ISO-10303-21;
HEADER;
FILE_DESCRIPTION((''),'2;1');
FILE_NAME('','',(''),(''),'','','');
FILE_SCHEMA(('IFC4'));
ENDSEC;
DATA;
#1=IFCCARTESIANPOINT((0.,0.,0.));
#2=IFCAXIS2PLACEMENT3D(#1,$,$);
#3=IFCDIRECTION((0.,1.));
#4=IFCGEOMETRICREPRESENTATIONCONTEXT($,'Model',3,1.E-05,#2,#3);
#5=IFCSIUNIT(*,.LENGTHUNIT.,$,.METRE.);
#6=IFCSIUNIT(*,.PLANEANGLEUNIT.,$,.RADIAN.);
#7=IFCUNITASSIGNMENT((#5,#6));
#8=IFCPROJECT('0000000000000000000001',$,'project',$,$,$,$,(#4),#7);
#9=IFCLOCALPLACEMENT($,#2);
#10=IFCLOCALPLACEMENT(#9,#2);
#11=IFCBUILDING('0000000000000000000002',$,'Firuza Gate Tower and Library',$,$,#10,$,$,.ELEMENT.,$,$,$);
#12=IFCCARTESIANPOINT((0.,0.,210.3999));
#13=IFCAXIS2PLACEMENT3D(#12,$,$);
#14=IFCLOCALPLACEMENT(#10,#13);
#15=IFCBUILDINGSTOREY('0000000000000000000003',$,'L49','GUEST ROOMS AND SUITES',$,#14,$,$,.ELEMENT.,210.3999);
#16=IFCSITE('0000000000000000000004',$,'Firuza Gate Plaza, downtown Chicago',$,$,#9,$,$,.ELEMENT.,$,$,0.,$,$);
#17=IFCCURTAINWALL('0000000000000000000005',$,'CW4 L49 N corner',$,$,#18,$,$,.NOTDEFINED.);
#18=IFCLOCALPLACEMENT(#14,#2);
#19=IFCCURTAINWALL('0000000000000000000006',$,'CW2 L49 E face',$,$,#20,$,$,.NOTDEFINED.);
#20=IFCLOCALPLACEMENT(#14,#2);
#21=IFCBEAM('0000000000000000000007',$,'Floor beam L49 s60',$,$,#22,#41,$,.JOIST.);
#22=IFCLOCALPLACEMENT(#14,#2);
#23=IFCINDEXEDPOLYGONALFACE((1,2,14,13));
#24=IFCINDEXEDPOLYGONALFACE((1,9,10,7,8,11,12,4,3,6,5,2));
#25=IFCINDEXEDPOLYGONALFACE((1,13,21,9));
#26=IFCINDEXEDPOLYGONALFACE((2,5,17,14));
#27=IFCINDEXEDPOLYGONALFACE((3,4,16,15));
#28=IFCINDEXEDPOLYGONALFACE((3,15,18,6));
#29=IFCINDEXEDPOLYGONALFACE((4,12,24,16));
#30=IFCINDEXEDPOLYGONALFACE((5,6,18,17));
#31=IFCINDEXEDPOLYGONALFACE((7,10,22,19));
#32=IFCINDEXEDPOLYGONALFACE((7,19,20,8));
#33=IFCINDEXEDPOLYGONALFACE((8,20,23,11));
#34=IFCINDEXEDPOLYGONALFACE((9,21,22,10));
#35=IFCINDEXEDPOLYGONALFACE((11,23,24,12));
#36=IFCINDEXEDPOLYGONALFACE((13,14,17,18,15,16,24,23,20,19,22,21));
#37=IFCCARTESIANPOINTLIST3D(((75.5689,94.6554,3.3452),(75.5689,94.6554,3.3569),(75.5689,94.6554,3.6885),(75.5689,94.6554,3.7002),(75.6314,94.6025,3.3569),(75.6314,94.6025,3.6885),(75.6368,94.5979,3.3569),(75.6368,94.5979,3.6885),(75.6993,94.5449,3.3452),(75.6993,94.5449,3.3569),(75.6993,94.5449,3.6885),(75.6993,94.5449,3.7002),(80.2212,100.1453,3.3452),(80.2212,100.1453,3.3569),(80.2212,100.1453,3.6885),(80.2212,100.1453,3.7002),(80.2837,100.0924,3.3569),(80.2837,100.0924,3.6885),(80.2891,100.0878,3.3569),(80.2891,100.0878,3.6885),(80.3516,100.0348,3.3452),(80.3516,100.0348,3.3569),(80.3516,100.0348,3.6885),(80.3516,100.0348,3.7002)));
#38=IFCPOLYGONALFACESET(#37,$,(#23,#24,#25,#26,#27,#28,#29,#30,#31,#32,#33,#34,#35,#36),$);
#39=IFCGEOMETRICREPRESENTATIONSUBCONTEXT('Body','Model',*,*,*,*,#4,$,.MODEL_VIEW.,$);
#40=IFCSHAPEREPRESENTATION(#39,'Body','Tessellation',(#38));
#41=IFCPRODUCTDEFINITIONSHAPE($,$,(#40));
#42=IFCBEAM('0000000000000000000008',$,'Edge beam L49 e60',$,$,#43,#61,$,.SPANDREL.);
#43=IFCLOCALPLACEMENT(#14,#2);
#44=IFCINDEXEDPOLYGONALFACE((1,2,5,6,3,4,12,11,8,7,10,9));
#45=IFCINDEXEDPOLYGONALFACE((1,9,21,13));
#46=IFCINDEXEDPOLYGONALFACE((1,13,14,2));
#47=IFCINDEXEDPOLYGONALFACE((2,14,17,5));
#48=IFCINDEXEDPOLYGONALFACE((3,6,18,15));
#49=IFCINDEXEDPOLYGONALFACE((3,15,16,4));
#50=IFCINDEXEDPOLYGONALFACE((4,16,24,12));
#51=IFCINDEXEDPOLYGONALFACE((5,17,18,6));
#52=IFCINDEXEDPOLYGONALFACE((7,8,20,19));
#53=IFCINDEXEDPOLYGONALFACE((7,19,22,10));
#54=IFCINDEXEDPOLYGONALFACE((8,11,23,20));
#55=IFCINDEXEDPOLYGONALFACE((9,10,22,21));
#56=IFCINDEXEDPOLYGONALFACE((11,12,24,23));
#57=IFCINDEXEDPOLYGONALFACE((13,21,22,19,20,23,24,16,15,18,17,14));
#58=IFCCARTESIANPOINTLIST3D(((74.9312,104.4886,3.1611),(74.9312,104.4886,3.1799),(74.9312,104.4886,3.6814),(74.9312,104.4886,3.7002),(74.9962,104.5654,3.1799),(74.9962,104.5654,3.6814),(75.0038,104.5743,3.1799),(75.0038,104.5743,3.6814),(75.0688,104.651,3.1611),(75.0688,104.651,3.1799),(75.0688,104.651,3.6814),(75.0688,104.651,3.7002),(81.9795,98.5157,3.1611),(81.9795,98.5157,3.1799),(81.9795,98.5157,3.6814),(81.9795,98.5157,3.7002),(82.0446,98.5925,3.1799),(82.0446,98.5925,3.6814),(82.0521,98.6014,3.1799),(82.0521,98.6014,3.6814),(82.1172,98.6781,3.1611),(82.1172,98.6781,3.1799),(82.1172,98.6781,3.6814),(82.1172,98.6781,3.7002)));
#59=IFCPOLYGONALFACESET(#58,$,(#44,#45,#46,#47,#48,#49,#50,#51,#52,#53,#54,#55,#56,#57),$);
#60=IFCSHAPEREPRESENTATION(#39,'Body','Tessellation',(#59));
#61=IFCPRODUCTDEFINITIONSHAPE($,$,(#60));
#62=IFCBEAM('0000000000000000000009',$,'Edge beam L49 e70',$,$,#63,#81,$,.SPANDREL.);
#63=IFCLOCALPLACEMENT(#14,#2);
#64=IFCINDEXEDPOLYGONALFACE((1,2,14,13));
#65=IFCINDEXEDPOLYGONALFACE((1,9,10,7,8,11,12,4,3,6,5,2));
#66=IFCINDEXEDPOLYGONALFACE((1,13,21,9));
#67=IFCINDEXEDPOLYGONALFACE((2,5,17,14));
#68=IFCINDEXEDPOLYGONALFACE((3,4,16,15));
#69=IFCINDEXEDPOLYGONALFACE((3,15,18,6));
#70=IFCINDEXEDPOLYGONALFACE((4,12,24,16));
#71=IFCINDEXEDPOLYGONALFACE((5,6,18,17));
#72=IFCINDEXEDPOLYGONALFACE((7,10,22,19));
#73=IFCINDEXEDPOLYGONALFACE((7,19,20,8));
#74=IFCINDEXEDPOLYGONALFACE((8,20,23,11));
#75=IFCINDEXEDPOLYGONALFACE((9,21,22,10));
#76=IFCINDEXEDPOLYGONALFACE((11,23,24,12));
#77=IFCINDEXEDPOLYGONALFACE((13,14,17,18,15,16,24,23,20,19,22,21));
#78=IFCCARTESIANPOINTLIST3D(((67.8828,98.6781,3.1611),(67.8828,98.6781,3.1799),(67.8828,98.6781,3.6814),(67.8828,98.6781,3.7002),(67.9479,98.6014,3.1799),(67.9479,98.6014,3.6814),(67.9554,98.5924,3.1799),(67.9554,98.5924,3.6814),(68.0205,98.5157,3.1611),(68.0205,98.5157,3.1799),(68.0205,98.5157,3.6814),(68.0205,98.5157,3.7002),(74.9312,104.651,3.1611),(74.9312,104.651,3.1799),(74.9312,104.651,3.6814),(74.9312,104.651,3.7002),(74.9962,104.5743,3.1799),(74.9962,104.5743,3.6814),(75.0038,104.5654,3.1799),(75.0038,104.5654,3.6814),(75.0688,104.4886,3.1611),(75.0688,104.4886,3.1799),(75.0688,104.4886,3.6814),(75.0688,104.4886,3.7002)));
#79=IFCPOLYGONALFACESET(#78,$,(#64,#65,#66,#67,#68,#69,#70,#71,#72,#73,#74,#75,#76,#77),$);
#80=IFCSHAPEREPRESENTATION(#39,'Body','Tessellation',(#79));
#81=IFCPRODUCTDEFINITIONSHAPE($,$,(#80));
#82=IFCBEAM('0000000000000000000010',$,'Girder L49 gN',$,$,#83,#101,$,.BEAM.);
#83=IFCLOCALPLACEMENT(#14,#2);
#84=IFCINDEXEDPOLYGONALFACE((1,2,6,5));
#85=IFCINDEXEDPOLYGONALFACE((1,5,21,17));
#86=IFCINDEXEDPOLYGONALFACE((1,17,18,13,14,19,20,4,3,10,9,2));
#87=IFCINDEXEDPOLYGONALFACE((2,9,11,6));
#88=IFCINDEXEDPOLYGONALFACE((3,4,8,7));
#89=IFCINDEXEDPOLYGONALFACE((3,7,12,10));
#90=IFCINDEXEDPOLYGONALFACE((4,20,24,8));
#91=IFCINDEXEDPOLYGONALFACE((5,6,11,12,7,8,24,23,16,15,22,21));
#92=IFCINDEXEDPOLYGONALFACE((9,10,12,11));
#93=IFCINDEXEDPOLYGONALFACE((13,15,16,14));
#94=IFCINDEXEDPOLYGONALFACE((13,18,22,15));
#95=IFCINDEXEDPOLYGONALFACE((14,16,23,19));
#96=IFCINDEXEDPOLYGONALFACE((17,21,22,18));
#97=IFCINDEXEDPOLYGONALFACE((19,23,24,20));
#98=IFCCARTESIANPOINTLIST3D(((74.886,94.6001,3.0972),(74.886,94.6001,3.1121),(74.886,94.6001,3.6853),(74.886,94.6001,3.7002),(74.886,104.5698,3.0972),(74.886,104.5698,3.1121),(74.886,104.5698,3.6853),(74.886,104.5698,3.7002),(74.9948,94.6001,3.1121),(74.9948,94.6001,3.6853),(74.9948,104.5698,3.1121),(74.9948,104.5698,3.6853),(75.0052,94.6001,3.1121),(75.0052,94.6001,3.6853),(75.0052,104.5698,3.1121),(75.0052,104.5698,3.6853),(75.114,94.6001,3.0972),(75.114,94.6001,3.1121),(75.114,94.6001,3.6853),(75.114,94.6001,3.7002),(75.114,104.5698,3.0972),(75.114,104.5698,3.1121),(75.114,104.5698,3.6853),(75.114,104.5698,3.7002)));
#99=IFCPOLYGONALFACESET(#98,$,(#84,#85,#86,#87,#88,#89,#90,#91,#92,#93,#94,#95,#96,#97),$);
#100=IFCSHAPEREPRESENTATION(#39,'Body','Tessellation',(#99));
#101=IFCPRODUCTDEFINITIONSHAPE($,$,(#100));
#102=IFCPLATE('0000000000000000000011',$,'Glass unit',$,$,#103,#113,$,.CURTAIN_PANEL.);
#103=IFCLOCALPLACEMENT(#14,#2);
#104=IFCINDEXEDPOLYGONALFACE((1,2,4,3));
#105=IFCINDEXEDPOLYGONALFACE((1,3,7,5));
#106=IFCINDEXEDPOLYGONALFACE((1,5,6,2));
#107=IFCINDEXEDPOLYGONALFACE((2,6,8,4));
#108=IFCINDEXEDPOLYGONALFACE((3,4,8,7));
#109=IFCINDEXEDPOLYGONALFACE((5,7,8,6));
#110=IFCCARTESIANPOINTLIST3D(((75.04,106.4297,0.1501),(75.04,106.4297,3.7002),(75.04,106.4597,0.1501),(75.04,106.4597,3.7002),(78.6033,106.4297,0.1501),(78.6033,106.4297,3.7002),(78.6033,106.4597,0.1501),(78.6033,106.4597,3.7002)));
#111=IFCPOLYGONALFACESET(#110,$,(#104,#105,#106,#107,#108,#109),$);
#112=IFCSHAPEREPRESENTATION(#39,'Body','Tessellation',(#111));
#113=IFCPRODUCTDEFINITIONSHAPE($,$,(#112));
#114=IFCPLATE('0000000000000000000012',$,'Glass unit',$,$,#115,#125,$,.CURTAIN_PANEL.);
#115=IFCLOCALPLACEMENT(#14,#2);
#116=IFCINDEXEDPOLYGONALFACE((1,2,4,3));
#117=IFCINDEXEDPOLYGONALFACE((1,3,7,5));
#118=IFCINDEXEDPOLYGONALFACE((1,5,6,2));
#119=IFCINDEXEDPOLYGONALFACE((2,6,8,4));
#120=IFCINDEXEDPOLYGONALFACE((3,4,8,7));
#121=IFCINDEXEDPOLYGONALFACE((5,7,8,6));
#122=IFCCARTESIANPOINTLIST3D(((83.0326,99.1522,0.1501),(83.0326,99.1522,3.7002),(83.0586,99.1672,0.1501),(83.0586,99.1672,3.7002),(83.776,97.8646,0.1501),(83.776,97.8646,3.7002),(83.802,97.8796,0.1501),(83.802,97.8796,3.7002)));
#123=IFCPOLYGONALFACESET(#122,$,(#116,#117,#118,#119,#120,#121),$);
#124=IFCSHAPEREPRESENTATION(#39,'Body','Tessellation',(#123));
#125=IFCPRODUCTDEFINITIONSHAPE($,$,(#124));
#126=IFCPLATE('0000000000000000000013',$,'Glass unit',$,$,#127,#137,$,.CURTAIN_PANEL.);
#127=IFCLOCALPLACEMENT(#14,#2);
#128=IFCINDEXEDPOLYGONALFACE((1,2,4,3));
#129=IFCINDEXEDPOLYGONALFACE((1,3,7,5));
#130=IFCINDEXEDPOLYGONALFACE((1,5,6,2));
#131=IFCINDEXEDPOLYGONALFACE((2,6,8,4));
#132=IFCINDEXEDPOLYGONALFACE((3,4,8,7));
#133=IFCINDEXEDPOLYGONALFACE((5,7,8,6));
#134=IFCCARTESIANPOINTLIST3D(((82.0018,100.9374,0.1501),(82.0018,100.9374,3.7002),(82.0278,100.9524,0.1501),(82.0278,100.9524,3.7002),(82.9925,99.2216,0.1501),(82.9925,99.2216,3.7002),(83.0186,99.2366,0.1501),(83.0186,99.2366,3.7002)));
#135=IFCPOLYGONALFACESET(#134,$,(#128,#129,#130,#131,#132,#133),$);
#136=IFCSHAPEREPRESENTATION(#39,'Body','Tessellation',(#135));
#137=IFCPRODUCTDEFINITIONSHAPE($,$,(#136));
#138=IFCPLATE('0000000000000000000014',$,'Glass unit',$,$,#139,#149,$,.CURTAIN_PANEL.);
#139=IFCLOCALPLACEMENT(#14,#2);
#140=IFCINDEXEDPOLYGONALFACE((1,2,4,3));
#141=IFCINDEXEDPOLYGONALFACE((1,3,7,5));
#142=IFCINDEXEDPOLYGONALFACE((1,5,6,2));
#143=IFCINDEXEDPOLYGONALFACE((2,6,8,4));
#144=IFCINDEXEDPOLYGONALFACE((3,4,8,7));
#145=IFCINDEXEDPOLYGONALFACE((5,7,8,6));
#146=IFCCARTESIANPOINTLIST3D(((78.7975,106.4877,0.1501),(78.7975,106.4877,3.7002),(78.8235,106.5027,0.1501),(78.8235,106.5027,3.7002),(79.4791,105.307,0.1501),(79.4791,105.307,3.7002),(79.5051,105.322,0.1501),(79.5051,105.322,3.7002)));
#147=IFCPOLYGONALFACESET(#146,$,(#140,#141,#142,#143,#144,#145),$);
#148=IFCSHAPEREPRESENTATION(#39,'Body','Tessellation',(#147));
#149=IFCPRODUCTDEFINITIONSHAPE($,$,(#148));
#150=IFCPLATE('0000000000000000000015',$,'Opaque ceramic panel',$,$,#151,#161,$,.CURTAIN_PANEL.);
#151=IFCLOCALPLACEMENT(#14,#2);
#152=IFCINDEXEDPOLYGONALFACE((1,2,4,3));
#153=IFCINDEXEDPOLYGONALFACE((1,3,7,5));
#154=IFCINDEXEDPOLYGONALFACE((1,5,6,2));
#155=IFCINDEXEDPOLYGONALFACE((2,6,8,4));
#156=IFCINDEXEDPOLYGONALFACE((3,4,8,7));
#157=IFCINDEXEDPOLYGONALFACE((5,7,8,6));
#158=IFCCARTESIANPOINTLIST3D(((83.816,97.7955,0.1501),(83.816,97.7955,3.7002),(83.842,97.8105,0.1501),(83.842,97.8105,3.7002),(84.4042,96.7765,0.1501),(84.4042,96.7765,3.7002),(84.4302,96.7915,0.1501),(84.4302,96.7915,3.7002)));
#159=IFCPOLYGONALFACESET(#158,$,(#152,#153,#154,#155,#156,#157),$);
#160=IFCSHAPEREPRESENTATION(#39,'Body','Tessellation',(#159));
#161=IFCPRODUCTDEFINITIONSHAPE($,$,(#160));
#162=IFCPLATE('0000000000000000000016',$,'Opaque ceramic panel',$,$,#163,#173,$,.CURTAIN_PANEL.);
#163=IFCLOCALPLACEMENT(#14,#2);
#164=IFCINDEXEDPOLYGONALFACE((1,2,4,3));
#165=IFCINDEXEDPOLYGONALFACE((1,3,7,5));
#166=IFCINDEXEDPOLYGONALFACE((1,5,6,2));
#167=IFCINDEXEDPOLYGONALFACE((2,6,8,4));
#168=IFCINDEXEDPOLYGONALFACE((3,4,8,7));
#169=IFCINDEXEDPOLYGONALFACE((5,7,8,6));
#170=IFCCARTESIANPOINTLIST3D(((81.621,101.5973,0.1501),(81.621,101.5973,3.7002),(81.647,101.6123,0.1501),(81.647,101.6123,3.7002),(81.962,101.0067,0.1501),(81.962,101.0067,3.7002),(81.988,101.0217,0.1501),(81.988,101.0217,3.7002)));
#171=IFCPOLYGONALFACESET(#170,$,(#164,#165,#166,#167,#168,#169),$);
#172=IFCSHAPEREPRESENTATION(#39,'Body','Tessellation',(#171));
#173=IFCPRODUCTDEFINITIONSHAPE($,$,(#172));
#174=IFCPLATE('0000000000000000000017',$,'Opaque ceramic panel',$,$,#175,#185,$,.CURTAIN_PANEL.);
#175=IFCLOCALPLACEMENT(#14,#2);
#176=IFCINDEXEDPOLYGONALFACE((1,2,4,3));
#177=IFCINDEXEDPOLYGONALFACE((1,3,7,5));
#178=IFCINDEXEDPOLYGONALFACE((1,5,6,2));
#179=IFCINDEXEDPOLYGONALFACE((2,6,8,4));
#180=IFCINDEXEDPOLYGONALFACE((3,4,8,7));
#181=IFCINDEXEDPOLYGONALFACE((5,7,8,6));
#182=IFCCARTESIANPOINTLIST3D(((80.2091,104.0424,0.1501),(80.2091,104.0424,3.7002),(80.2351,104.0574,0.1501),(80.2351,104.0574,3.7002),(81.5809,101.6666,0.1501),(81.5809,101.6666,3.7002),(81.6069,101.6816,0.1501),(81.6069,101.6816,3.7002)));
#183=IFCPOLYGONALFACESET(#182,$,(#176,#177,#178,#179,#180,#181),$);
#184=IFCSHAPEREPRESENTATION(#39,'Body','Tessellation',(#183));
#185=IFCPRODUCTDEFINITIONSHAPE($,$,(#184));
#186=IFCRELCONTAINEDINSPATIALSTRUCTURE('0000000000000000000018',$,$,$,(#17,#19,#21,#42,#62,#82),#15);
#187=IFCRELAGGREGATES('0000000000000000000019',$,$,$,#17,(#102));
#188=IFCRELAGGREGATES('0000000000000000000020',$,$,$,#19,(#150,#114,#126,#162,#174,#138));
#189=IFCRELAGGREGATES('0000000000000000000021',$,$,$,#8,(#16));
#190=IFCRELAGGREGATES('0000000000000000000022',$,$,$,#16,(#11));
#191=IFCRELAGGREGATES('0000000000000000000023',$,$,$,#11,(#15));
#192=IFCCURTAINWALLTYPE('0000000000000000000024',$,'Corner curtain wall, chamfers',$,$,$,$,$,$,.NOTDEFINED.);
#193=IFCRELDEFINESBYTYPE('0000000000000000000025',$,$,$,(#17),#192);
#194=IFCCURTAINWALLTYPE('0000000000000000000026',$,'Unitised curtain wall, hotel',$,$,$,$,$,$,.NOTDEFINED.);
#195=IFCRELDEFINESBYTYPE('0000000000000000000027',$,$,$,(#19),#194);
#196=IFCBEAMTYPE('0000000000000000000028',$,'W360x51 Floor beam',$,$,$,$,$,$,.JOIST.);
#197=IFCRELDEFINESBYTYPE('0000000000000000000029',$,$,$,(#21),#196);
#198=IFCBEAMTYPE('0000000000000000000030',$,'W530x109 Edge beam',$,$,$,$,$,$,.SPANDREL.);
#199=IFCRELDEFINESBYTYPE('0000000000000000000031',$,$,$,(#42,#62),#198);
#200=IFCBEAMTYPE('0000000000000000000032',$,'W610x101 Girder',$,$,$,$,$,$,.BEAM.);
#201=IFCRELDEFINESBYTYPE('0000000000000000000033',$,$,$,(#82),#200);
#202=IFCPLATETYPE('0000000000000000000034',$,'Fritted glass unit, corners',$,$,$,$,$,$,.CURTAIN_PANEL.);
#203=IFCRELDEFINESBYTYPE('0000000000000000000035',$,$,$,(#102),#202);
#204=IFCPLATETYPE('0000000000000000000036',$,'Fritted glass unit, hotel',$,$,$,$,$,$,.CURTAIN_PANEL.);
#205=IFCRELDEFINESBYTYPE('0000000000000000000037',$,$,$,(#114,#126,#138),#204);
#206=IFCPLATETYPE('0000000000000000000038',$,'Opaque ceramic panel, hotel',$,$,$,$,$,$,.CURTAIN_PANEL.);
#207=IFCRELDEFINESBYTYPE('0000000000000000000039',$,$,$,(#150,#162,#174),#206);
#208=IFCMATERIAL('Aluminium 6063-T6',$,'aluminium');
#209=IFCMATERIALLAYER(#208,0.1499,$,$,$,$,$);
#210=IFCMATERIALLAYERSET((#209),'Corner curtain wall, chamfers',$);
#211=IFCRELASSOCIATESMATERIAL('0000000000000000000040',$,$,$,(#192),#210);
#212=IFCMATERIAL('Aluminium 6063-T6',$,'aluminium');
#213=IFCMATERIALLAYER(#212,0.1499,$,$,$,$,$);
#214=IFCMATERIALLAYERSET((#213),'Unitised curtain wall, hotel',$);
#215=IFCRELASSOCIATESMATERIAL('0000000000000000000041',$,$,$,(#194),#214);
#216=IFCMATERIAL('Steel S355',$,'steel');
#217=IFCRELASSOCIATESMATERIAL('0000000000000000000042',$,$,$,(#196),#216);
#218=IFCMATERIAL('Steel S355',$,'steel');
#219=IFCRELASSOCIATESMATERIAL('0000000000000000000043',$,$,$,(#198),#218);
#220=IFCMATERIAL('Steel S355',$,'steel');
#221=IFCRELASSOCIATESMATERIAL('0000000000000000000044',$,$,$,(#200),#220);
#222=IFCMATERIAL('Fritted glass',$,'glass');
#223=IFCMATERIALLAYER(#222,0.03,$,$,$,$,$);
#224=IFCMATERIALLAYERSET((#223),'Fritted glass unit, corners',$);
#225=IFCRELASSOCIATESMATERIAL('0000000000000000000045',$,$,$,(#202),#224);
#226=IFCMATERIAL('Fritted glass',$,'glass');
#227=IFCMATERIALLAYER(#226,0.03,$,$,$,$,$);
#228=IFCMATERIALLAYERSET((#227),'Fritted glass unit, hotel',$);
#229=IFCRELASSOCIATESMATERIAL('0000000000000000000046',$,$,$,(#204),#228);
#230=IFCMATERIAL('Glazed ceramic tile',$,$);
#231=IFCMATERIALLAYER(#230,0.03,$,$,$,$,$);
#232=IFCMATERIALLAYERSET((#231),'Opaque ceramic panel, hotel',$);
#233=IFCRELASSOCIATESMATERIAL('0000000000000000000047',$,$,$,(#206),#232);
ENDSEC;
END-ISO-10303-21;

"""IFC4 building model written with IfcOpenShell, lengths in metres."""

from ifc_helpers import new_model, si_unit, direction, frame, origin, origin_2d, place, context, subcontext, project, spatial, polyline, i_section, outline, extrude, material, layer, layer_set, material_profile, profile_set, type_object, element, aggregate, save


model = new_model("IFC4")

# Units and contexts
model_context = context("Model", 3, precision=1e-05, world=origin(), true_north=direction((0.0, 1.0)))
body_context = subcontext(model_context, "Body", "Model", "MODEL_VIEW")
ifc_project = project(units=[si_unit("LENGTHUNIT", "METRE"), si_unit("PLANEANGLEUNIT", "RADIAN")], contexts=[model_context])

# Site, building, storey
site_placement = place(None, origin())
site = spatial("IfcSite", under=ifc_project, at=site_placement, Name="Firuza Gate Plaza, downtown Chicago", CompositionType="ELEMENT", RefElevation=0.0)
building_placement = place(site_placement, origin())
building = spatial("IfcBuilding", under=site, at=building_placement, Name="Firuza Gate Tower and Library", CompositionType="ELEMENT")
storey_placement = place(building_placement, frame((0.0, 0.0, 210.3999)))
storey = spatial("IfcBuildingStorey", under=building, at=storey_placement, Name="L49", Description="GUEST ROOMS AND SUITES", CompositionType="ELEMENT", Elevation=210.3999)

# Curtain walls
ifc_material_1 = material(Name="Aluminium 6063-T6", Category="aluminium")
ifc_layer_1 = layer(ifc_material_1, 0.1499)
ifc_layer_set_1 = layer_set([ifc_layer_1], Name="Corner curtain wall, chamfers")
curtain_wall_type_1 = type_object("IfcCurtainWallType", Name="Corner curtain wall, chamfers", PredefinedType="NOTDEFINED", material=ifc_layer_set_1)
placement = place(storey_placement, origin())
curtain_wall_1 = element("IfcCurtainWall", 1, at=placement, inside=storey, type_object=curtain_wall_type_1, Name="CW4 L49 N corner", PredefinedType="NOTDEFINED")
ifc_material_2 = material(Name="Aluminium 6063-T6", Category="aluminium")
ifc_layer_2 = layer(ifc_material_2, 0.1499)
ifc_layer_set_2 = layer_set([ifc_layer_2], Name="Unitised curtain wall, hotel")
curtain_wall_type_2 = type_object("IfcCurtainWallType", Name="Unitised curtain wall, hotel", PredefinedType="NOTDEFINED", material=ifc_layer_set_2)
curtain_wall_2 = element("IfcCurtainWall", 2, at=placement, inside=storey, type_object=curtain_wall_type_2, Name="CW2 L49 E face", PredefinedType="NOTDEFINED")

# Beams
ifc_material_3 = material(Name="Steel S355", Category="steel")
ifc_material_profile_1 = material_profile(ifc_material_3, i_section(OverallWidth=0.1709, OverallDepth=0.355, WebThickness=0.0071, FlangeThickness=0.0117, at=origin_2d()))
ifc_profile_set_1 = profile_set([ifc_material_profile_1], Name="Steel S355")
beam_type_1 = type_object("IfcBeamType", Name="W360x51 Floor beam", PredefinedType="JOIST", material=ifc_profile_set_1)
beam_1_placement = place(storey_placement, frame((80.2864, 100.0901, 3.5227), z_axis=(-0.646506, -0.762909, 0.0), x_axis=(0.762909, -0.646506, 0.0)))
element("IfcBeam", 3, at=beam_1_placement, inside=storey, type_object=beam_type_1, Name="Floor beam L49 s60", PredefinedType="JOIST", context=body_context, shape_type="SweptSolid", body=[
    extrude(i_section(OverallWidth=0.1709, OverallDepth=0.355, WebThickness=0.0071, FlangeThickness=0.0117, at=origin_2d()), origin(), (0.0, 0.0, 1.0), 7.196),
])
ifc_material_4 = material(Name="Steel S355", Category="steel")
ifc_material_profile_2 = material_profile(ifc_material_4, i_section(OverallWidth=0.2129, OverallDepth=0.5391, WebThickness=0.0117, FlangeThickness=0.0188, at=origin_2d()))
ifc_profile_set_2 = profile_set([ifc_material_profile_2], Name="Steel S355")
beam_type_2 = type_object("IfcBeamType", Name="W530x109 Edge beam", PredefinedType="SPANDREL", material=ifc_profile_set_2)
for number, where, z_axis, x_axis, name in (
    (4, (82.0483, 98.5969, 3.4307), (-0.76291, 0.646505, 0.0), (-0.646505, -0.76291, 0.0), "Edge beam L49 e60"),
    (5, (75.0, 104.5698, 3.4307), (-0.76291, -0.646505, 0.0), (0.646505, -0.76291, 0.0), "Edge beam L49 e70"),
):
    element("IfcBeam", number, at=place(storey_placement, frame(where, z_axis=z_axis, x_axis=x_axis)), inside=storey, type_object=beam_type_2, Name=name, PredefinedType="SPANDREL", context=body_context, shape_type="SweptSolid", body=[
        extrude(i_section(OverallWidth=0.2129, OverallDepth=0.5391, WebThickness=0.0117, FlangeThickness=0.0188, at=origin_2d()), origin(), (0.0, 0.0, 1.0), 9.2388),
    ])
ifc_material_5 = material(Name="Steel S355", Category="steel")
ifc_material_profile_3 = material_profile(ifc_material_5, i_section(OverallWidth=0.228, OverallDepth=0.603, WebThickness=0.0105, FlangeThickness=0.0149, at=origin_2d()))
ifc_profile_set_3 = profile_set([ifc_material_profile_3], Name="Steel S355")
beam_type_3 = type_object("IfcBeamType", Name="W610x101 Girder", PredefinedType="BEAM", material=ifc_profile_set_3)
beam_2_placement = place(storey_placement, frame((75.0, 104.5698, 3.3987), z_axis=(0.0, -1.0, 0.0), x_axis=(1.0, 0.0, 0.0)))
element("IfcBeam", 6, at=beam_2_placement, inside=storey, type_object=beam_type_3, Name="Girder L49 gN", PredefinedType="BEAM", context=body_context, shape_type="SweptSolid", body=[
    extrude(i_section(OverallWidth=0.228, OverallDepth=0.603, WebThickness=0.0105, FlangeThickness=0.0149, at=origin_2d()), origin(), (0.0, 0.0, 1.0), 9.9697),
])

# Plates
ifc_material_6 = material(Name="Fritted glass", Category="glass")
ifc_layer_3 = layer(ifc_material_6, 0.03)
ifc_layer_set_3 = layer_set([ifc_layer_3], Name="Fritted glass unit, corners")
plate_type_1 = type_object("IfcPlateType", Name="Fritted glass unit, corners", PredefinedType="CURTAIN_PANEL", material=ifc_layer_set_3)
plate_1_placement = place(storey_placement, frame((78.6033, 106.4597, 0.1501), z_axis=(0.0, 1.0, 0.0), x_axis=(-1.0, 0.0, 0.0)))
plate_1 = element("IfcPlate", 7, at=plate_1_placement, type_object=plate_type_1, Name="Glass unit", PredefinedType="CURTAIN_PANEL", context=body_context, shape_type="SweptSolid", body=[
    extrude(outline(polyline([(0.0, 0.0), (3.5632, 0.0), (3.5632, 3.55), (0.0, 3.55), (0.0, 0.0)])), origin(), (0.0, 0.0, -1.0), 0.03),
])
aggregate(curtain_wall_1, [plate_1])
ifc_material_7 = material(Name="Fritted glass", Category="glass")
ifc_layer_4 = layer(ifc_material_7, 0.03)
ifc_layer_set_4 = layer_set([ifc_layer_4], Name="Fritted glass unit, hotel")
plate_type_2 = type_object("IfcPlateType", Name="Fritted glass unit, hotel", PredefinedType="CURTAIN_PANEL", material=ifc_layer_set_4)
plate_2_placement = place(storey_placement, frame((83.802, 97.8796, 0.1501), z_axis=(0.866022, 0.500007, 0.0), x_axis=(-0.500007, 0.866022, 0.0)))
plate_2 = element("IfcPlate", 8, at=plate_2_placement, type_object=plate_type_2, Name="Glass unit", PredefinedType="CURTAIN_PANEL", context=body_context, shape_type="SweptSolid", body=[
    extrude(outline(polyline([(0.0, 0.0), (1.4868, 0.0), (1.4868, 3.55), (0.0, 3.55), (0.0, 0.0)])), origin(), (0.0, 0.0, -1.0), 0.03),
])
plate_3_placement = place(storey_placement, frame((83.0186, 99.2366, 0.1501), z_axis=(0.866005, 0.500035, 0.0), x_axis=(-0.500035, 0.866005, 0.0)))
plate_3 = element("IfcPlate", 9, at=plate_3_placement, type_object=plate_type_2, Name="Glass unit", PredefinedType="CURTAIN_PANEL", context=body_context, shape_type="SweptSolid", body=[
    extrude(outline(polyline([(0.0, 0.0), (1.9813, 0.0), (1.9813, 3.55), (0.0, 3.55), (0.0, 0.0)])), origin(), (0.0, 0.0, -1.0), 0.03),
])
plate_4_placement = place(storey_placement, frame((79.5051, 105.322, 0.1501), z_axis=(0.866031, 0.499991, 0.0), x_axis=(-0.499991, 0.866031, 0.0)))
plate_4 = element("IfcPlate", 10, at=plate_4_placement, type_object=plate_type_2, Name="Glass unit", PredefinedType="CURTAIN_PANEL", context=body_context, shape_type="SweptSolid", body=[
    extrude(outline(polyline([(0.0, 0.0), (1.3633, 0.0), (1.3633, 3.55), (0.0, 3.55), (0.0, 0.0)])), origin(), (0.0, 0.0, -1.0), 0.03),
])
ifc_material_8 = material(Name="Glazed ceramic tile")
ifc_layer_5 = layer(ifc_material_8, 0.03)
ifc_layer_set_5 = layer_set([ifc_layer_5], Name="Opaque ceramic panel, hotel")
plate_type_3 = type_object("IfcPlateType", Name="Opaque ceramic panel, hotel", PredefinedType="CURTAIN_PANEL", material=ifc_layer_set_5)
plate_5_placement = place(storey_placement, frame((84.4302, 96.7915, 0.1501), z_axis=(0.866103, 0.499866, 0.0), x_axis=(-0.499866, 0.866103, 0.0)))
plate_5 = element("IfcPlate", 11, at=plate_5_placement, type_object=plate_type_3, Name="Opaque ceramic panel", PredefinedType="CURTAIN_PANEL", context=body_context, shape_type="SweptSolid", body=[
    extrude(outline(polyline([(0.0, 0.0), (1.1766, 0.0), (1.1766, 3.55), (0.0, 3.55), (0.0, 0.0)])), origin(), (0.0, 0.0, -1.0), 0.03),
])
plate_6_placement = place(storey_placement, frame((81.988, 101.0217, 0.1501), z_axis=(0.865965, 0.500105, 0.0), x_axis=(-0.500105, 0.865965, 0.0)))
plate_6 = element("IfcPlate", 12, at=plate_6_placement, type_object=plate_type_3, Name="Opaque ceramic panel", PredefinedType="CURTAIN_PANEL", context=body_context, shape_type="SweptSolid", body=[
    extrude(outline(polyline([(0.0, 0.0), (0.682, 0.0), (0.682, 3.55), (0.0, 3.55), (0.0, 0.0)])), origin(), (0.0, 0.0, -1.0), 0.03),
])
plate_7_placement = place(storey_placement, frame((81.6069, 101.6816, 0.1501), z_axis=(0.865994, 0.500054, 0.0), x_axis=(-0.500054, 0.865994, 0.0)))
plate_7 = element("IfcPlate", 13, at=plate_7_placement, type_object=plate_type_3, Name="Opaque ceramic panel", PredefinedType="CURTAIN_PANEL", context=body_context, shape_type="SweptSolid", body=[
    extrude(outline(polyline([(0.0, 0.0), (2.7434, 0.0), (2.7434, 3.55), (0.0, 3.55), (0.0, 0.0)])), origin(), (0.0, 0.0, -1.0), 0.03),
])
aggregate(curtain_wall_2, [plate_5, plate_2, plate_3, plate_6, plate_7, plate_4])

save(model, "model.ifc")
